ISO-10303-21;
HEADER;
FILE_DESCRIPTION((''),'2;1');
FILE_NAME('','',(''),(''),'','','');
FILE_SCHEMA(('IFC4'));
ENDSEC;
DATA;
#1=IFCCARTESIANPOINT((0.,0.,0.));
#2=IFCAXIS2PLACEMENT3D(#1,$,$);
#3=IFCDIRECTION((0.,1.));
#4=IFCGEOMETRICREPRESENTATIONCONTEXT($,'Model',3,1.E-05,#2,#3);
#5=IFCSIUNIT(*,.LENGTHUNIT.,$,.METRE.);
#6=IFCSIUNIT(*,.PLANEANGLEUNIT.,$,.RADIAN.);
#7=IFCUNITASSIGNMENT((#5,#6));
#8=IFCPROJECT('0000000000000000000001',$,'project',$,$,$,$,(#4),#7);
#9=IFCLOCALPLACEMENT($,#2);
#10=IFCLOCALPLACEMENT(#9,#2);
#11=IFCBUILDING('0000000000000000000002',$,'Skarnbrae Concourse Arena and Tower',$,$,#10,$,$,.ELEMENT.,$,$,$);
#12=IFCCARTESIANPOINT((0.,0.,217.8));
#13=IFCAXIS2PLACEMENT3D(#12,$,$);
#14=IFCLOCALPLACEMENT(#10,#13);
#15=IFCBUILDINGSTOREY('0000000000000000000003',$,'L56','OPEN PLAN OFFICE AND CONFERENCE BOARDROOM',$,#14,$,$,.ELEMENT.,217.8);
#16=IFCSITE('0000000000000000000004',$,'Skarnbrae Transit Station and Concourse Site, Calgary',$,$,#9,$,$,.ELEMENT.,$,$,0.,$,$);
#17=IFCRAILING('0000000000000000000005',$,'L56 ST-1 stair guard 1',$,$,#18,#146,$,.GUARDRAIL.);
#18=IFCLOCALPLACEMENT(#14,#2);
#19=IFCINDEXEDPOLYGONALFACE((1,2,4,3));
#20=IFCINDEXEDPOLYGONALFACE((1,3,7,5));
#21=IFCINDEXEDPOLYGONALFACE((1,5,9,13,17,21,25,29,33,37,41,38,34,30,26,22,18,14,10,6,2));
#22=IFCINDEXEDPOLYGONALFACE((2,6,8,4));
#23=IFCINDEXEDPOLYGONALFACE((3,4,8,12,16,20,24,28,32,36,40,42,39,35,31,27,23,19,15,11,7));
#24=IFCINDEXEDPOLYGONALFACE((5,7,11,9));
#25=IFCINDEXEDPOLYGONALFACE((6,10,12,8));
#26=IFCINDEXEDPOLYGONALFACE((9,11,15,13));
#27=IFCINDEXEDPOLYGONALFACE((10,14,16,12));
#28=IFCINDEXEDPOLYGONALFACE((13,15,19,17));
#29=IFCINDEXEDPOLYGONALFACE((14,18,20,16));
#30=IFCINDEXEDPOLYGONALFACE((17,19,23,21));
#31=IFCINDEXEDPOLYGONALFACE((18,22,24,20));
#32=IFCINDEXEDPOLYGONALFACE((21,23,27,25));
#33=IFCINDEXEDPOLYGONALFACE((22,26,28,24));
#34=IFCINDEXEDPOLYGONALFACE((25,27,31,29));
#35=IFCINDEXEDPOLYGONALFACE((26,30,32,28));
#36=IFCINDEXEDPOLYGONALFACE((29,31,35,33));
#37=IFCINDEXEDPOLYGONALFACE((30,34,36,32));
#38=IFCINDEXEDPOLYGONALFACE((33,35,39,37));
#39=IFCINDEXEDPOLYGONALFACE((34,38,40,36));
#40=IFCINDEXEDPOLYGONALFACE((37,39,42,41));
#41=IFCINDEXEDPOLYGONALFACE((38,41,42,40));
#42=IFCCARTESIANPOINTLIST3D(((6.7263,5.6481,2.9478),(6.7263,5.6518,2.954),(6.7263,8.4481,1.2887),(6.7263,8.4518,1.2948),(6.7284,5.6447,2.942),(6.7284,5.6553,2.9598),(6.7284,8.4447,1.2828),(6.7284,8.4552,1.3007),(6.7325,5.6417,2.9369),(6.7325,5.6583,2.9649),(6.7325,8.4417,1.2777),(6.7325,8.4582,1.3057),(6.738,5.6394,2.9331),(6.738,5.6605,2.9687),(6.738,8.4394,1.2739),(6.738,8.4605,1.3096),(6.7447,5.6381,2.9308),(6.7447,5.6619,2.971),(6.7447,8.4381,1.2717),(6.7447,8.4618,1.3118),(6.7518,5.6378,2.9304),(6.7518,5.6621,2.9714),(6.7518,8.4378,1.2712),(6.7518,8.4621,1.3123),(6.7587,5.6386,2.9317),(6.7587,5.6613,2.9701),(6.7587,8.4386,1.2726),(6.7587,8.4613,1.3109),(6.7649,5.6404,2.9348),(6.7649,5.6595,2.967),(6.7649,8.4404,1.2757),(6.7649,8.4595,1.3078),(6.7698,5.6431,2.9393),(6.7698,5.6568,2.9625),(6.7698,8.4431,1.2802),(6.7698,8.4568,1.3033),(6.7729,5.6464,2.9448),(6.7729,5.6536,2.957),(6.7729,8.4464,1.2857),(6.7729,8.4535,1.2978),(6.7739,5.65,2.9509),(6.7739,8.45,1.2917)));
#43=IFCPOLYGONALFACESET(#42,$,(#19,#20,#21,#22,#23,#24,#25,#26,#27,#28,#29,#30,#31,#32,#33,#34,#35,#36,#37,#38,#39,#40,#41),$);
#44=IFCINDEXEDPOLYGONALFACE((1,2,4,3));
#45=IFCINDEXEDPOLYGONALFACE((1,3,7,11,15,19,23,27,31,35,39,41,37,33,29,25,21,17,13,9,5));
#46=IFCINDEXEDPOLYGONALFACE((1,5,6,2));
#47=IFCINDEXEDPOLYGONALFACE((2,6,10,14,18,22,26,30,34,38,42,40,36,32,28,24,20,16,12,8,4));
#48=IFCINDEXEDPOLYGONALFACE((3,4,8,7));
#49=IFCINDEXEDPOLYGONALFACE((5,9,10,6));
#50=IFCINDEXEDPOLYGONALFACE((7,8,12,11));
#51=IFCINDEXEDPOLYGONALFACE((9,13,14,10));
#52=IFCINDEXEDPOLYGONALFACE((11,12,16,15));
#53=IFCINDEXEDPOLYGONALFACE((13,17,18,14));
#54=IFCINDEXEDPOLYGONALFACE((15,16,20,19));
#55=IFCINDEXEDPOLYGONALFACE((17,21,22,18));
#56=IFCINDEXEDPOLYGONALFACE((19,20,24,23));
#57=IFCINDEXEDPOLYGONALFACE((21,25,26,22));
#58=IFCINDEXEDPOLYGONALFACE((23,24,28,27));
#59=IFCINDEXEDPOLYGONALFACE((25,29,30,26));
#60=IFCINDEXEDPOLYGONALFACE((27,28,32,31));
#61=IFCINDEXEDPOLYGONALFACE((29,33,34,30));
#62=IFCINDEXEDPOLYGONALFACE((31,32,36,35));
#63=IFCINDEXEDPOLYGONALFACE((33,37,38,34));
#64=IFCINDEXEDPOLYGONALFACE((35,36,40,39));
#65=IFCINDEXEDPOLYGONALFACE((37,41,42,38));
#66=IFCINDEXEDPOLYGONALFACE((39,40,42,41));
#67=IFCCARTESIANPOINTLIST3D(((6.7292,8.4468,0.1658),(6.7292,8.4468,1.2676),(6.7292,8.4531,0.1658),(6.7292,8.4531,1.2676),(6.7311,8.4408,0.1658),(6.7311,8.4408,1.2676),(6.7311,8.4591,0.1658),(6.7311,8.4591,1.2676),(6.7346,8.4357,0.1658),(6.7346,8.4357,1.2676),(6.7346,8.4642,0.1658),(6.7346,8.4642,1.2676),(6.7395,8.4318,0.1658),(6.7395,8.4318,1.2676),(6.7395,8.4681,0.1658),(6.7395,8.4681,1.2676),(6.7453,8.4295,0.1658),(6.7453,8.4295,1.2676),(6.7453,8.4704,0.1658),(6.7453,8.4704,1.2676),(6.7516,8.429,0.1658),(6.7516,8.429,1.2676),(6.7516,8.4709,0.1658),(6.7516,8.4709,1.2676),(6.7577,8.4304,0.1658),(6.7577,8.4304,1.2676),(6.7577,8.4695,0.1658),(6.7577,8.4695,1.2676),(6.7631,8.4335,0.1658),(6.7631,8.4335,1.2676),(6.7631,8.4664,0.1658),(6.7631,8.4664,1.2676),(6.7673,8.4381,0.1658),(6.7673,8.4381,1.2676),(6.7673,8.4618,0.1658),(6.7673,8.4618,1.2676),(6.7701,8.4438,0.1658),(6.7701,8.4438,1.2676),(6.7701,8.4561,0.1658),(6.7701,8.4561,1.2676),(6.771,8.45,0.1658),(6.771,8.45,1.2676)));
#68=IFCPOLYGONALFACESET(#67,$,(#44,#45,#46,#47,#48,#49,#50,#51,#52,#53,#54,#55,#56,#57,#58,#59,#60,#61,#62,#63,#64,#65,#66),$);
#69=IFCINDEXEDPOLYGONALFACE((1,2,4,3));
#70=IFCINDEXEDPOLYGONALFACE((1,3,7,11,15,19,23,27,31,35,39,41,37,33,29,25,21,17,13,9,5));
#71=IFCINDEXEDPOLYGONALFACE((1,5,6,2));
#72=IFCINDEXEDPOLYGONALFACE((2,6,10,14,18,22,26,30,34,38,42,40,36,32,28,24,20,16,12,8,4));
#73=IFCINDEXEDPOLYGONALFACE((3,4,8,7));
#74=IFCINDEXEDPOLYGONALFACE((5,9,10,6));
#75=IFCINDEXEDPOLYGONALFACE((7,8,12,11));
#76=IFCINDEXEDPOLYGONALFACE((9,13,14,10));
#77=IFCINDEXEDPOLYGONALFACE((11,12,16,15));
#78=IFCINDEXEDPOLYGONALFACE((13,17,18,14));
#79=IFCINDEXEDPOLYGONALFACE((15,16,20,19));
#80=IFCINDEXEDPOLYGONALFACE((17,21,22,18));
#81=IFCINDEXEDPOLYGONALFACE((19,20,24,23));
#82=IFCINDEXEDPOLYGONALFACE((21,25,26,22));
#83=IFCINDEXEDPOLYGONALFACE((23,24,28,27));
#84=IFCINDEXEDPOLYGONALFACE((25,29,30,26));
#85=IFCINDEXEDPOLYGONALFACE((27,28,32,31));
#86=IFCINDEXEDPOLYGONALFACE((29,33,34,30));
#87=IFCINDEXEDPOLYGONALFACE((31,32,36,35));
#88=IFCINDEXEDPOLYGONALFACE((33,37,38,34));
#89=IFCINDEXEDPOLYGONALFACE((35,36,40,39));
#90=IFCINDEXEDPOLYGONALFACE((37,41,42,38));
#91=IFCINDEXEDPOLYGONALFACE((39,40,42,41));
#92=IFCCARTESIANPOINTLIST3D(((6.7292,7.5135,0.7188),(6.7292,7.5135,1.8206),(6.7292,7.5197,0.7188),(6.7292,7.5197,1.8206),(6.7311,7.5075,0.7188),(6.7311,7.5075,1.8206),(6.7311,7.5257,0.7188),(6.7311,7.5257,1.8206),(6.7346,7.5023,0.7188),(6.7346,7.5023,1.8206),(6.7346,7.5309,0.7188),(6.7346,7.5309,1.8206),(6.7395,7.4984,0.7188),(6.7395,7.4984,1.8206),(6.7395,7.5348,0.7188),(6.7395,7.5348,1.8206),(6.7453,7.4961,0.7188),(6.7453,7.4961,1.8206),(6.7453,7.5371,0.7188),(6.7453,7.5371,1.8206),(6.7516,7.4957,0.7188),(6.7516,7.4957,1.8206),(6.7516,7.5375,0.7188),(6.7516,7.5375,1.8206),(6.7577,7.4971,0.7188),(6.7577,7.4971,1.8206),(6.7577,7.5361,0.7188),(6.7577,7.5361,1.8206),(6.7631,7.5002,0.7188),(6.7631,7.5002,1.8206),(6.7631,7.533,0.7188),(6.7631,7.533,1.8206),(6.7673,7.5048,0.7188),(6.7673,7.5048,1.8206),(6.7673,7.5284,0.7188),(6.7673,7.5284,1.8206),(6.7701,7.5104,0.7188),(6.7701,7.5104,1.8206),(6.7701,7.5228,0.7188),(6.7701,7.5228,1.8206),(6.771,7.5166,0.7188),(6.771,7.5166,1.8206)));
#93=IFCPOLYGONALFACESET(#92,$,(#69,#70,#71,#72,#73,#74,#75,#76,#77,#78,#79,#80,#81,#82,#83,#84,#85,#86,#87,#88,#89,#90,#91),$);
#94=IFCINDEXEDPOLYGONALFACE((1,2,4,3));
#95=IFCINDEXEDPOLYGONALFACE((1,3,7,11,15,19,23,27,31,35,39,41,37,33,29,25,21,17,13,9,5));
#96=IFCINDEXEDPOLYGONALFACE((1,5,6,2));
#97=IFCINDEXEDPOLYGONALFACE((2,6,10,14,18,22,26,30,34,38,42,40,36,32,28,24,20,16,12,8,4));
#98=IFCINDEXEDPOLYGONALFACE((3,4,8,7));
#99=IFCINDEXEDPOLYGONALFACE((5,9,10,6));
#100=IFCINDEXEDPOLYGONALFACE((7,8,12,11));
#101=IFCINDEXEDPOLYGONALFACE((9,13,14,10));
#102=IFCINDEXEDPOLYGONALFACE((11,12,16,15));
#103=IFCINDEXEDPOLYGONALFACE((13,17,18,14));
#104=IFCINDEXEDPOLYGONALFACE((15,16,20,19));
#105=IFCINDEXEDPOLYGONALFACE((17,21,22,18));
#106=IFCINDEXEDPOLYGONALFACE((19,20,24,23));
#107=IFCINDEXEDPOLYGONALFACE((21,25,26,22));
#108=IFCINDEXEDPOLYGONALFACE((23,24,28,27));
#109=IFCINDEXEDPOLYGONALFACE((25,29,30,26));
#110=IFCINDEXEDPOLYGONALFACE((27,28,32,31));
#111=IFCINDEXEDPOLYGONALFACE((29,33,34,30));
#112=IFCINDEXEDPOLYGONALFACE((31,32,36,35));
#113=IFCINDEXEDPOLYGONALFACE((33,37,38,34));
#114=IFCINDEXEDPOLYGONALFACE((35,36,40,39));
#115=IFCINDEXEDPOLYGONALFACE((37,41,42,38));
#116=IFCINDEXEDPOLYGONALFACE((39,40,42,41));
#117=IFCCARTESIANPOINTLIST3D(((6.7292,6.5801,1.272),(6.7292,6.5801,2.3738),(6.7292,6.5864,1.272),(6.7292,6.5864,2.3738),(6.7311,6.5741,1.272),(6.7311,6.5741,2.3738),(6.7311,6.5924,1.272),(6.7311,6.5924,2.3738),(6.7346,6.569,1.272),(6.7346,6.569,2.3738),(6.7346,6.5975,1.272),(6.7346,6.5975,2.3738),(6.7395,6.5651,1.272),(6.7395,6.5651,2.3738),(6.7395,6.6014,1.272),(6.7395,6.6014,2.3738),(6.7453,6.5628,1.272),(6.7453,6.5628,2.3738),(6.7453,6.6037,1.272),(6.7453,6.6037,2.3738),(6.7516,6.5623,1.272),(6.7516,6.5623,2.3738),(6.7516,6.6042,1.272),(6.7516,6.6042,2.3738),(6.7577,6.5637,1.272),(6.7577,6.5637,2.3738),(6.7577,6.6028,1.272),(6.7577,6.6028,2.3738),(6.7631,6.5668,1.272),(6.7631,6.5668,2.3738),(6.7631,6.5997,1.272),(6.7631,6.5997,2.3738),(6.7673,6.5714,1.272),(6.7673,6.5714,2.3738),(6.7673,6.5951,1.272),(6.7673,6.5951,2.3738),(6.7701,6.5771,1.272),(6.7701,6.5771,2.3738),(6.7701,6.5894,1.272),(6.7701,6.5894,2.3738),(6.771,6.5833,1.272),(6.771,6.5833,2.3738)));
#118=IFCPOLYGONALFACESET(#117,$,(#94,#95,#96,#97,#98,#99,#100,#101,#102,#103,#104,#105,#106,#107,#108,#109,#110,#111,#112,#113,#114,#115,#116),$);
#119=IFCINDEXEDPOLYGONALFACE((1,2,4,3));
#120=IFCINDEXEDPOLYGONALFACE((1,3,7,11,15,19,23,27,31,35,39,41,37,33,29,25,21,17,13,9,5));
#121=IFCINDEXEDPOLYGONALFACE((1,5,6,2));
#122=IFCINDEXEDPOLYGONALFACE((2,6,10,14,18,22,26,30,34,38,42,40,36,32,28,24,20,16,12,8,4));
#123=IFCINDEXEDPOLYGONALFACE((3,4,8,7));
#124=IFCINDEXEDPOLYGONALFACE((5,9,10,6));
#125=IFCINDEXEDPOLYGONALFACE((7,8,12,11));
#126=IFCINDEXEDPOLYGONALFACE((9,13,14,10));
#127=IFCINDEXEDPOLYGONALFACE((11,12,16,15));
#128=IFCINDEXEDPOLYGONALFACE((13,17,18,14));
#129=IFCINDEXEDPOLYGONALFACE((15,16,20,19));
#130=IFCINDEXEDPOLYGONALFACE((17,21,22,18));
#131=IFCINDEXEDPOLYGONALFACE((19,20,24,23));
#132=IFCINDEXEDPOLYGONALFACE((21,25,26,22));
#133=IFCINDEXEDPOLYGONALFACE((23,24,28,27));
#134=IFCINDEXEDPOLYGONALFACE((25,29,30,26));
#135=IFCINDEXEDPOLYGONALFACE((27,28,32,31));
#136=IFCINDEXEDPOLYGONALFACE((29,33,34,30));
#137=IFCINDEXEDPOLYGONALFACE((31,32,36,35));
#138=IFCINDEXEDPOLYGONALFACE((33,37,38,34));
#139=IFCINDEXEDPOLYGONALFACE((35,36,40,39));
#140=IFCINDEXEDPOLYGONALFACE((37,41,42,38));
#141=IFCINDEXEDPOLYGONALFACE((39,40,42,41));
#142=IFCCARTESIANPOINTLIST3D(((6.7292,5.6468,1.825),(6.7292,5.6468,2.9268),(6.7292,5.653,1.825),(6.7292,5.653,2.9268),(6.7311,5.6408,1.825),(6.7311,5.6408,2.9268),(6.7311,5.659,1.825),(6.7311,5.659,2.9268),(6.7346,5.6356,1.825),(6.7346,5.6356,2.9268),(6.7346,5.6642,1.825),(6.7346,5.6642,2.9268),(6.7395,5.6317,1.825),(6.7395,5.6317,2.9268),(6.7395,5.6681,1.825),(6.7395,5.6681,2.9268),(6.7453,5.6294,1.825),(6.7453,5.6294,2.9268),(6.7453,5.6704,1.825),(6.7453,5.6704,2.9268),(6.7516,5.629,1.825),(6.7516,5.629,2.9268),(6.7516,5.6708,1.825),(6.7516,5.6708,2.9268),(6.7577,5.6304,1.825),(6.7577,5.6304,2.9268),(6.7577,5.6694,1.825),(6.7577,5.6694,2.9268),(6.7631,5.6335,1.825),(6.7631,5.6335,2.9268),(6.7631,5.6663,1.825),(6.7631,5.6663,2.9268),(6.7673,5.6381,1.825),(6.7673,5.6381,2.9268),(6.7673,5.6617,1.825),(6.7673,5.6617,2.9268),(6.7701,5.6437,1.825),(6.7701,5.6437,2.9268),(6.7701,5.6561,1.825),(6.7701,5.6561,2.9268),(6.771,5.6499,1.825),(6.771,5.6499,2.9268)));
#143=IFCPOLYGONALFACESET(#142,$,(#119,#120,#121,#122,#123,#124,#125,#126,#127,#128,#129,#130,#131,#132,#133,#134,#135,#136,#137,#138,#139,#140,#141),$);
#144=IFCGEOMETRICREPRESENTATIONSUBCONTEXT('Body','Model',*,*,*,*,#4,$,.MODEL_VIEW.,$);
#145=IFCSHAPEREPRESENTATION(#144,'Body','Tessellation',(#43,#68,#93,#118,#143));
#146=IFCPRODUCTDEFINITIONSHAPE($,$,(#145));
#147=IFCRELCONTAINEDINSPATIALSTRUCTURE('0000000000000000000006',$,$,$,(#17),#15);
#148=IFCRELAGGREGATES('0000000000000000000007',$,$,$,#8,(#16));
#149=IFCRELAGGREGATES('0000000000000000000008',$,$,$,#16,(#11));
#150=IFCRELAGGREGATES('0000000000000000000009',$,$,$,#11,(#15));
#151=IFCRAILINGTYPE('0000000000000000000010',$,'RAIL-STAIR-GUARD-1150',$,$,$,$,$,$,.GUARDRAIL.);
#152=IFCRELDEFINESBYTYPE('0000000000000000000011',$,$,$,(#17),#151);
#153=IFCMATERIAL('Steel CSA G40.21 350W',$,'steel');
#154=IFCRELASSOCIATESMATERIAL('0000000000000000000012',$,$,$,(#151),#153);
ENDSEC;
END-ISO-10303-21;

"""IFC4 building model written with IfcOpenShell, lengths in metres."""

from ifc_helpers import new_model, si_unit, direction, frame, origin, origin_2d, place, context, subcontext, project, spatial, circle, extrude, material, type_object, element, save


model = new_model("IFC4")

# Units and contexts
model_context = context("Model", 3, precision=1e-05, world=origin(), true_north=direction((0.0, 1.0)))
body_context = subcontext(model_context, "Body", "Model", "MODEL_VIEW")
ifc_project = project(units=[si_unit("LENGTHUNIT", "METRE"), si_unit("PLANEANGLEUNIT", "RADIAN")], contexts=[model_context])

# Site, building, storey
site_placement = place(None, origin())
site = spatial("IfcSite", under=ifc_project, at=site_placement, Name="Skarnbrae Transit Station and Concourse Site, Calgary", CompositionType="ELEMENT", RefElevation=0.0)
building_placement = place(site_placement, origin())
building = spatial("IfcBuilding", under=site, at=building_placement, Name="Skarnbrae Concourse Arena and Tower", CompositionType="ELEMENT")
storey_placement = place(building_placement, frame((0.0, 0.0, 217.8)))
storey = spatial("IfcBuildingStorey", under=building, at=storey_placement, Name="L56", Description="OPEN PLAN OFFICE AND CONFERENCE BOARDROOM", CompositionType="ELEMENT", Elevation=217.8)

# Shared definitions
ifc_material_1 = material(Name="Steel CSA G40.21 350W", Category="steel")

# Railing
railing_type_1 = type_object("IfcRailingType", Name="RAIL-STAIR-GUARD-1150", PredefinedType="GUARDRAIL", material=ifc_material_1)
railing_1_placement = place(storey_placement, frame((6.75, 8.45, 0.1658)))
element("IfcRailing", 1, at=railing_1_placement, inside=storey, type_object=railing_type_1, Name="L56 ST-1 stair guard 1", PredefinedType="GUARDRAIL", context=body_context, shape_type="SweptSolid", body=[
    extrude(circle(Radius=0.0239, at=origin_2d()), frame((0.0, 0.0, 1.126), z_axis=(0.0, -0.860306, 0.509778), x_axis=(1.0, 0.0, 0.0)), (0.0, 0.0, 1.0), 3.2546),
    extrude(circle(Radius=0.021, at=origin_2d()), origin(), (0.0, 0.0, 1.0), 1.1018),
    extrude(circle(Radius=0.021, at=origin_2d()), frame((0.0, -0.9333, 0.553)), (0.0, 0.0, 1.0), 1.1018),
    extrude(circle(Radius=0.021, at=origin_2d()), frame((0.0, -1.8667, 1.1062)), (0.0, 0.0, 1.0), 1.1018),
    extrude(circle(Radius=0.021, at=origin_2d()), frame((0.0, -2.8, 1.6592)), (0.0, 0.0, 1.0), 1.1018),
])

save(model, "model.ifc")
